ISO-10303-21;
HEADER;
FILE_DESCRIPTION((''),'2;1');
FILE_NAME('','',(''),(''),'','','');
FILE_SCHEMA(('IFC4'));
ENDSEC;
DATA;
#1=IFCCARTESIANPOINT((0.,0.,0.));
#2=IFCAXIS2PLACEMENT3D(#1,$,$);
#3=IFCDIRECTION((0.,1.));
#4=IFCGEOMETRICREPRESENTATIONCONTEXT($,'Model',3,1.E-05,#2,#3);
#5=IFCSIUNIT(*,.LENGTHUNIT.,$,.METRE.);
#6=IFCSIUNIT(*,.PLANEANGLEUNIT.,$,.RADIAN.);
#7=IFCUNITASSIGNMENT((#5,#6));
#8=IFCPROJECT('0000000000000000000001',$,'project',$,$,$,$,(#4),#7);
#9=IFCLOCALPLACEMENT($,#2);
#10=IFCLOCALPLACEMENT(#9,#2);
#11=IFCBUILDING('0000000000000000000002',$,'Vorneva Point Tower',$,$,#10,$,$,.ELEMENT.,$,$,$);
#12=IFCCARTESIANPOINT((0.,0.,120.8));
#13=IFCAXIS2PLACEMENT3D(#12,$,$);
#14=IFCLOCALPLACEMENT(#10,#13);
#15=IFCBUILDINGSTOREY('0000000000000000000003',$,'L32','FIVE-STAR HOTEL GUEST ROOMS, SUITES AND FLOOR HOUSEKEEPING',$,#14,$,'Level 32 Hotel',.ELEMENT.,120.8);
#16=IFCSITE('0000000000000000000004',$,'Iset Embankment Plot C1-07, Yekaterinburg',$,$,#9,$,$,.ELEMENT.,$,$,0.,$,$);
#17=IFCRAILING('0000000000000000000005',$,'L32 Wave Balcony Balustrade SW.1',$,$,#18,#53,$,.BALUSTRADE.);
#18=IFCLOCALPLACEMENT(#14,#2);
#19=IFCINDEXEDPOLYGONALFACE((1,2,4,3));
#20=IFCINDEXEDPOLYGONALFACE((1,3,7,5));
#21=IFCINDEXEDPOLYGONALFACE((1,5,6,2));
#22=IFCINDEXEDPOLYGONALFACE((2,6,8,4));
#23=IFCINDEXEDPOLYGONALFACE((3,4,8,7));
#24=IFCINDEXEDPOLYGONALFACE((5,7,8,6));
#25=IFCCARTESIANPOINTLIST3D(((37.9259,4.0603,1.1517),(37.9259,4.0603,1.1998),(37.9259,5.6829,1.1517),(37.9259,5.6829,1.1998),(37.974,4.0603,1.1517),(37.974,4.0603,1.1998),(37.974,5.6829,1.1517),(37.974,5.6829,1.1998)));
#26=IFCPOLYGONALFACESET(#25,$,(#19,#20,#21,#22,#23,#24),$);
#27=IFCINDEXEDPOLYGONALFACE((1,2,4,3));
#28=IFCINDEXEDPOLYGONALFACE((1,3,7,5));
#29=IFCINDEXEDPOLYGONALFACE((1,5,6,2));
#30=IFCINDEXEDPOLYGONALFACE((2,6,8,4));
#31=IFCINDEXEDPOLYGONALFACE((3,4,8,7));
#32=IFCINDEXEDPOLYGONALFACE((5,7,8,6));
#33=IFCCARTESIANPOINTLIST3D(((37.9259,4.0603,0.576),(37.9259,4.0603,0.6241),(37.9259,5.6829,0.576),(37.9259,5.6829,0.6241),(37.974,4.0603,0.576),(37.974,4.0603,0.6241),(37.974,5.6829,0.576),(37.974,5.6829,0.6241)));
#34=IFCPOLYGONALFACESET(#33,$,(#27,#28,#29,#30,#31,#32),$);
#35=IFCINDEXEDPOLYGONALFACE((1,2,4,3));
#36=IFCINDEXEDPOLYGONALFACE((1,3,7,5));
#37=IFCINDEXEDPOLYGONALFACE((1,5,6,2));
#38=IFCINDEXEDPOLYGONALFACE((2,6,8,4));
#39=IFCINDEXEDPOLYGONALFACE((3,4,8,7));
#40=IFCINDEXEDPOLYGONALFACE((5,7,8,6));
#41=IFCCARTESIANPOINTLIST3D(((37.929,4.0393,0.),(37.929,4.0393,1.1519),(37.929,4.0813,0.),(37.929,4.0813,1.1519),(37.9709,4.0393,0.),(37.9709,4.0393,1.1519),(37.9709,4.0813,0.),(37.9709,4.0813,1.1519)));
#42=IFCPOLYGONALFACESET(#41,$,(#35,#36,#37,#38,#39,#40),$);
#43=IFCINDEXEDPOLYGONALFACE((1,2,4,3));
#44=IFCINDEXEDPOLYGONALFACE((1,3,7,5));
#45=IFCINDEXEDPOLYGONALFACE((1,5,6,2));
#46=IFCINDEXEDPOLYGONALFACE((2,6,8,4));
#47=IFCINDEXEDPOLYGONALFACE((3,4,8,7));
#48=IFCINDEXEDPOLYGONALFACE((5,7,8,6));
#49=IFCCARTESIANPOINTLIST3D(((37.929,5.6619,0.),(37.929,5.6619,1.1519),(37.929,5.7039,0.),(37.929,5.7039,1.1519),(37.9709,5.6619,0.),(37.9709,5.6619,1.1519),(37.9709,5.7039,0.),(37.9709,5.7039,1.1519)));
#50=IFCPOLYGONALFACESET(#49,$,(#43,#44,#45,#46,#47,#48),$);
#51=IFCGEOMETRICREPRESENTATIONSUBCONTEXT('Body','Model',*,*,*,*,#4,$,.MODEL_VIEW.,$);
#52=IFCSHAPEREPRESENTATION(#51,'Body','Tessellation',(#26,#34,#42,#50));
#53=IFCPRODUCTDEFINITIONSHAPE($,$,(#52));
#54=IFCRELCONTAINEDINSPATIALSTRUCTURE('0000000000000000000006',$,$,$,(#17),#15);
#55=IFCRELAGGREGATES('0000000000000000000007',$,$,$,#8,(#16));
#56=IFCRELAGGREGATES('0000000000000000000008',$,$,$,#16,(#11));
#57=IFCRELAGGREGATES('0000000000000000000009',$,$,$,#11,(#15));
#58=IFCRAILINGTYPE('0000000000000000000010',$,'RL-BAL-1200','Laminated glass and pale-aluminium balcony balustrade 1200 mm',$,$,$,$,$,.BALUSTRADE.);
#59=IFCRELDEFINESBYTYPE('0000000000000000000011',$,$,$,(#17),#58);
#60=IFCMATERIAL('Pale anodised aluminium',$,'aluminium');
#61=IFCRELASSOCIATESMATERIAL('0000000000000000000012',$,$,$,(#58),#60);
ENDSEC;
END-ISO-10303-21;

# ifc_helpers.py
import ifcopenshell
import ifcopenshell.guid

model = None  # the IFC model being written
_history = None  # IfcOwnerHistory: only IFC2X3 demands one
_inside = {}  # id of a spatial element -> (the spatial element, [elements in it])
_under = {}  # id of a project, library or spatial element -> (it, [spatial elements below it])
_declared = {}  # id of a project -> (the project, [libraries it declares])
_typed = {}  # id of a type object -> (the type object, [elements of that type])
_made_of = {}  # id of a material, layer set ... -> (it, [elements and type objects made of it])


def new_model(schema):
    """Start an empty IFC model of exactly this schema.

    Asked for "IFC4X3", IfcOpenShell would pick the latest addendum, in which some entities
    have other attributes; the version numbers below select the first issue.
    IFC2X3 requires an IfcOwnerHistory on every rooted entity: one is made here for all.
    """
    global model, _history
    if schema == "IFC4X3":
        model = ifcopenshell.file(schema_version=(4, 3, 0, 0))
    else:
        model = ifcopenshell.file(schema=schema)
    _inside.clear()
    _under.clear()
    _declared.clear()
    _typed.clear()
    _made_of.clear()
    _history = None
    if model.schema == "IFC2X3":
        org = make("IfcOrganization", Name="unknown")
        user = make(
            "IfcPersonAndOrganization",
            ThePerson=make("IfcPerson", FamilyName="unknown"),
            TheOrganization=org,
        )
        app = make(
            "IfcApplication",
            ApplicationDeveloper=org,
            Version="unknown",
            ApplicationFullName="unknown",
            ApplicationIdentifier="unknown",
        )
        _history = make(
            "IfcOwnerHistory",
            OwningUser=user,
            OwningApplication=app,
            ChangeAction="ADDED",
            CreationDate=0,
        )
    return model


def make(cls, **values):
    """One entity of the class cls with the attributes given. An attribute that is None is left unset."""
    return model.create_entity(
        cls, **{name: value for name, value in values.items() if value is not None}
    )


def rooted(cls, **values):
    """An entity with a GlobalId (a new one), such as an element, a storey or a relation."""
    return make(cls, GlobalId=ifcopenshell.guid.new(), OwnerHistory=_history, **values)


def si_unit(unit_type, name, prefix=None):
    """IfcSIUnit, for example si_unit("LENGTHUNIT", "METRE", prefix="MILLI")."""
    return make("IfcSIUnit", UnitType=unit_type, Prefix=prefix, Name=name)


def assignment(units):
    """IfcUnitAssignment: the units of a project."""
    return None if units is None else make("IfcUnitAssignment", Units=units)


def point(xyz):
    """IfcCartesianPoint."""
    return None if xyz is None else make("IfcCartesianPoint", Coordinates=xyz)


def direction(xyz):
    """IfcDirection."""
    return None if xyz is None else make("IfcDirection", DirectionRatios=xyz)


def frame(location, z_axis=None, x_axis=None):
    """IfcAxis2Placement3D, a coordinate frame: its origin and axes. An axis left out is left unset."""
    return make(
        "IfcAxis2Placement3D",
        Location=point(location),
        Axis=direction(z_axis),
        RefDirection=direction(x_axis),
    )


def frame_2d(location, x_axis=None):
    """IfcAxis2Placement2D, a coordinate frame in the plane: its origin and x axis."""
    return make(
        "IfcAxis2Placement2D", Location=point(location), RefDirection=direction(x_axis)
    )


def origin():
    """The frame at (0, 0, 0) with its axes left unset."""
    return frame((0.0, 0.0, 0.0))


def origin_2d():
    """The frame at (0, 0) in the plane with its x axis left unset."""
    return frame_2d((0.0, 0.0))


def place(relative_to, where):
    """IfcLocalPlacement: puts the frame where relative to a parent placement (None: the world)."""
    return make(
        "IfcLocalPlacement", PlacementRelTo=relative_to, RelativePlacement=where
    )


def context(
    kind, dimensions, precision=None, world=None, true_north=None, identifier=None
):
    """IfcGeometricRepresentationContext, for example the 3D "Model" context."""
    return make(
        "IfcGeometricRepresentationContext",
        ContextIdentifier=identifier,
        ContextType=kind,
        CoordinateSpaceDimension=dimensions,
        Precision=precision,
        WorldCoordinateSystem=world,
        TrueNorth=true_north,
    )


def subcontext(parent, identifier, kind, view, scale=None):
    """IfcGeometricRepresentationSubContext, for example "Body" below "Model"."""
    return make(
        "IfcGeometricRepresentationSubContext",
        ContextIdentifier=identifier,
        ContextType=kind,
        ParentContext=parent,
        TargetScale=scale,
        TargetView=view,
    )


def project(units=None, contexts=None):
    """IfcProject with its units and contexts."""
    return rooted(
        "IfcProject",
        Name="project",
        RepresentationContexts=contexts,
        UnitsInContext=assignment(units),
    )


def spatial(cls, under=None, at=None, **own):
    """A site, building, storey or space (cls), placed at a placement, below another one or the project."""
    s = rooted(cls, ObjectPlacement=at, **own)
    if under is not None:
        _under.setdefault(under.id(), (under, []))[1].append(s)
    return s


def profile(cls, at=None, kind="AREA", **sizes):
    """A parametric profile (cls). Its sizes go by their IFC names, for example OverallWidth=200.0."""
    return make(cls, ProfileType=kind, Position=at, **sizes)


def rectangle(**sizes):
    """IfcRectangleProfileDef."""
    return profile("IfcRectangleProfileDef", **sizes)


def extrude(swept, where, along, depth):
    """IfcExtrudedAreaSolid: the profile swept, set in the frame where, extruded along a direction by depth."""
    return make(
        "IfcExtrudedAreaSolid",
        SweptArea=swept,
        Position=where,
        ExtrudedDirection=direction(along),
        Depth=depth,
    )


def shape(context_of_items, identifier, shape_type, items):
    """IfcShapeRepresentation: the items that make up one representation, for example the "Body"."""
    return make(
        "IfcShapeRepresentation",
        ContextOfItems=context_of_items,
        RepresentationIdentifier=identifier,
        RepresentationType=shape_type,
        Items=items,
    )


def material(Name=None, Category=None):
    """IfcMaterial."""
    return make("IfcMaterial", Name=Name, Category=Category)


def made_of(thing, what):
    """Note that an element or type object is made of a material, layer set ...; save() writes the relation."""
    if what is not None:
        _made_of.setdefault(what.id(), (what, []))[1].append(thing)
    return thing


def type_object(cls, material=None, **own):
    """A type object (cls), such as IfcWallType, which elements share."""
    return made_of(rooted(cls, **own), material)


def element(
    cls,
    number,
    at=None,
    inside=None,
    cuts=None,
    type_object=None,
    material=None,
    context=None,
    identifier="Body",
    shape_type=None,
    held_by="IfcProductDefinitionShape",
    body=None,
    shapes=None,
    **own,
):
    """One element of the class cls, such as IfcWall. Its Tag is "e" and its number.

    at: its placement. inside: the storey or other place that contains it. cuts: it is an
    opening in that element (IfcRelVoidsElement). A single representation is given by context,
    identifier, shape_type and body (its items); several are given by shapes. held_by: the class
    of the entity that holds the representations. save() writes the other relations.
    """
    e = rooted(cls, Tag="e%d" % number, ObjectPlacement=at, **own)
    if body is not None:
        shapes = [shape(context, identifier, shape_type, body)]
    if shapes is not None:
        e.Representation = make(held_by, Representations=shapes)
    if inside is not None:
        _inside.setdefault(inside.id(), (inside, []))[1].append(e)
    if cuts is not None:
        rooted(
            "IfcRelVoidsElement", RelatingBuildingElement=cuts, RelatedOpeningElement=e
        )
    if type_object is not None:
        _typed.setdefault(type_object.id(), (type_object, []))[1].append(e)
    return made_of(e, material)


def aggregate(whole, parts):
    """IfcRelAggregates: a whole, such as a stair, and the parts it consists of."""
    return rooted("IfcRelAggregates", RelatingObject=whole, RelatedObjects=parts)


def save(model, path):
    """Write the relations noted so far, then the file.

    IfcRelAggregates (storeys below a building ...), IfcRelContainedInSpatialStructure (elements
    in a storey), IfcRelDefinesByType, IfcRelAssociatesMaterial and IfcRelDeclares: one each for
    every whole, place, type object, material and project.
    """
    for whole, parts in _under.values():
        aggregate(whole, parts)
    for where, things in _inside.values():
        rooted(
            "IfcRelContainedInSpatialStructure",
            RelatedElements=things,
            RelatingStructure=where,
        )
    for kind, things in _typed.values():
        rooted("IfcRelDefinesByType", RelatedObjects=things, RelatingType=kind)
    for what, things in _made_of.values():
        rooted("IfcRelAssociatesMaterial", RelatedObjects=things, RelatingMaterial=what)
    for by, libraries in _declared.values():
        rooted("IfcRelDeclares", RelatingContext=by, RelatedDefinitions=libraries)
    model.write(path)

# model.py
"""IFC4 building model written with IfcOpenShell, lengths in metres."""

from ifc_helpers import new_model, si_unit, direction, frame, origin, origin_2d, place, context, subcontext, project, spatial, rectangle, extrude, material, type_object, element, save


model = new_model("IFC4")

# Units and contexts
model_context = context("Model", 3, precision=1e-05, world=origin(), true_north=direction((0.0, 1.0)))
body_context = subcontext(model_context, "Body", "Model", "MODEL_VIEW")
ifc_project = project(units=[si_unit("LENGTHUNIT", "METRE"), si_unit("PLANEANGLEUNIT", "RADIAN")], contexts=[model_context])

# Site, building, storey
site_placement = place(None, origin())
site = spatial("IfcSite", under=ifc_project, at=site_placement, Name="Iset Embankment Plot C1-07, Yekaterinburg", CompositionType="ELEMENT", RefElevation=0.0)
building_placement = place(site_placement, origin())
building = spatial("IfcBuilding", under=site, at=building_placement, Name="Vorneva Point Tower", CompositionType="ELEMENT")
storey_placement = place(building_placement, frame((0.0, 0.0, 120.8)))
storey = spatial("IfcBuildingStorey", under=building, at=storey_placement, Name="L32", Description="FIVE-STAR HOTEL GUEST ROOMS, SUITES AND FLOOR HOUSEKEEPING", LongName="Level 32 Hotel", CompositionType="ELEMENT", Elevation=120.8)

# Shared definitions
ifc_material_1 = material(Name="Pale anodised aluminium", Category="aluminium")

# Railing
railing_type = type_object("IfcRailingType", Name="RL-BAL-1200", Description="Laminated glass and pale-aluminium balcony balustrade 1200 mm", PredefinedType="BALUSTRADE", material=ifc_material_1)
railing_placement = place(storey_placement, frame((37.95, 4.0603, 0.0)))
element("IfcRailing", 1, at=railing_placement, inside=storey, type_object=railing_type, Name="L32 Wave Balcony Balustrade SW.1", PredefinedType="BALUSTRADE", context=body_context, shape_type="SweptSolid", body=[
    extrude(rectangle(XDim=0.0481, YDim=0.0481, at=origin_2d()), frame((0.0, 0.0, 1.1758), z_axis=(0.0, 1.0, 0.0), x_axis=(-1.0, 0.0, 0.0)), (0.0, 0.0, 1.0), 1.6226),
    extrude(rectangle(XDim=0.0481, YDim=0.0481, at=origin_2d()), frame((0.0, 0.0, 0.6001), z_axis=(0.0, 1.0, 0.0), x_axis=(-1.0, 0.0, 0.0)), (0.0, 0.0, 1.0), 1.6226),
    extrude(rectangle(XDim=0.042, YDim=0.042, at=origin_2d()), origin(), (0.0, 0.0, 1.0), 1.1519),
    extrude(rectangle(XDim=0.042, YDim=0.042, at=origin_2d()), frame((0.0, 1.6226, 0.0)), (0.0, 0.0, 1.0), 1.1519),
])

save(model, "model.ifc")
